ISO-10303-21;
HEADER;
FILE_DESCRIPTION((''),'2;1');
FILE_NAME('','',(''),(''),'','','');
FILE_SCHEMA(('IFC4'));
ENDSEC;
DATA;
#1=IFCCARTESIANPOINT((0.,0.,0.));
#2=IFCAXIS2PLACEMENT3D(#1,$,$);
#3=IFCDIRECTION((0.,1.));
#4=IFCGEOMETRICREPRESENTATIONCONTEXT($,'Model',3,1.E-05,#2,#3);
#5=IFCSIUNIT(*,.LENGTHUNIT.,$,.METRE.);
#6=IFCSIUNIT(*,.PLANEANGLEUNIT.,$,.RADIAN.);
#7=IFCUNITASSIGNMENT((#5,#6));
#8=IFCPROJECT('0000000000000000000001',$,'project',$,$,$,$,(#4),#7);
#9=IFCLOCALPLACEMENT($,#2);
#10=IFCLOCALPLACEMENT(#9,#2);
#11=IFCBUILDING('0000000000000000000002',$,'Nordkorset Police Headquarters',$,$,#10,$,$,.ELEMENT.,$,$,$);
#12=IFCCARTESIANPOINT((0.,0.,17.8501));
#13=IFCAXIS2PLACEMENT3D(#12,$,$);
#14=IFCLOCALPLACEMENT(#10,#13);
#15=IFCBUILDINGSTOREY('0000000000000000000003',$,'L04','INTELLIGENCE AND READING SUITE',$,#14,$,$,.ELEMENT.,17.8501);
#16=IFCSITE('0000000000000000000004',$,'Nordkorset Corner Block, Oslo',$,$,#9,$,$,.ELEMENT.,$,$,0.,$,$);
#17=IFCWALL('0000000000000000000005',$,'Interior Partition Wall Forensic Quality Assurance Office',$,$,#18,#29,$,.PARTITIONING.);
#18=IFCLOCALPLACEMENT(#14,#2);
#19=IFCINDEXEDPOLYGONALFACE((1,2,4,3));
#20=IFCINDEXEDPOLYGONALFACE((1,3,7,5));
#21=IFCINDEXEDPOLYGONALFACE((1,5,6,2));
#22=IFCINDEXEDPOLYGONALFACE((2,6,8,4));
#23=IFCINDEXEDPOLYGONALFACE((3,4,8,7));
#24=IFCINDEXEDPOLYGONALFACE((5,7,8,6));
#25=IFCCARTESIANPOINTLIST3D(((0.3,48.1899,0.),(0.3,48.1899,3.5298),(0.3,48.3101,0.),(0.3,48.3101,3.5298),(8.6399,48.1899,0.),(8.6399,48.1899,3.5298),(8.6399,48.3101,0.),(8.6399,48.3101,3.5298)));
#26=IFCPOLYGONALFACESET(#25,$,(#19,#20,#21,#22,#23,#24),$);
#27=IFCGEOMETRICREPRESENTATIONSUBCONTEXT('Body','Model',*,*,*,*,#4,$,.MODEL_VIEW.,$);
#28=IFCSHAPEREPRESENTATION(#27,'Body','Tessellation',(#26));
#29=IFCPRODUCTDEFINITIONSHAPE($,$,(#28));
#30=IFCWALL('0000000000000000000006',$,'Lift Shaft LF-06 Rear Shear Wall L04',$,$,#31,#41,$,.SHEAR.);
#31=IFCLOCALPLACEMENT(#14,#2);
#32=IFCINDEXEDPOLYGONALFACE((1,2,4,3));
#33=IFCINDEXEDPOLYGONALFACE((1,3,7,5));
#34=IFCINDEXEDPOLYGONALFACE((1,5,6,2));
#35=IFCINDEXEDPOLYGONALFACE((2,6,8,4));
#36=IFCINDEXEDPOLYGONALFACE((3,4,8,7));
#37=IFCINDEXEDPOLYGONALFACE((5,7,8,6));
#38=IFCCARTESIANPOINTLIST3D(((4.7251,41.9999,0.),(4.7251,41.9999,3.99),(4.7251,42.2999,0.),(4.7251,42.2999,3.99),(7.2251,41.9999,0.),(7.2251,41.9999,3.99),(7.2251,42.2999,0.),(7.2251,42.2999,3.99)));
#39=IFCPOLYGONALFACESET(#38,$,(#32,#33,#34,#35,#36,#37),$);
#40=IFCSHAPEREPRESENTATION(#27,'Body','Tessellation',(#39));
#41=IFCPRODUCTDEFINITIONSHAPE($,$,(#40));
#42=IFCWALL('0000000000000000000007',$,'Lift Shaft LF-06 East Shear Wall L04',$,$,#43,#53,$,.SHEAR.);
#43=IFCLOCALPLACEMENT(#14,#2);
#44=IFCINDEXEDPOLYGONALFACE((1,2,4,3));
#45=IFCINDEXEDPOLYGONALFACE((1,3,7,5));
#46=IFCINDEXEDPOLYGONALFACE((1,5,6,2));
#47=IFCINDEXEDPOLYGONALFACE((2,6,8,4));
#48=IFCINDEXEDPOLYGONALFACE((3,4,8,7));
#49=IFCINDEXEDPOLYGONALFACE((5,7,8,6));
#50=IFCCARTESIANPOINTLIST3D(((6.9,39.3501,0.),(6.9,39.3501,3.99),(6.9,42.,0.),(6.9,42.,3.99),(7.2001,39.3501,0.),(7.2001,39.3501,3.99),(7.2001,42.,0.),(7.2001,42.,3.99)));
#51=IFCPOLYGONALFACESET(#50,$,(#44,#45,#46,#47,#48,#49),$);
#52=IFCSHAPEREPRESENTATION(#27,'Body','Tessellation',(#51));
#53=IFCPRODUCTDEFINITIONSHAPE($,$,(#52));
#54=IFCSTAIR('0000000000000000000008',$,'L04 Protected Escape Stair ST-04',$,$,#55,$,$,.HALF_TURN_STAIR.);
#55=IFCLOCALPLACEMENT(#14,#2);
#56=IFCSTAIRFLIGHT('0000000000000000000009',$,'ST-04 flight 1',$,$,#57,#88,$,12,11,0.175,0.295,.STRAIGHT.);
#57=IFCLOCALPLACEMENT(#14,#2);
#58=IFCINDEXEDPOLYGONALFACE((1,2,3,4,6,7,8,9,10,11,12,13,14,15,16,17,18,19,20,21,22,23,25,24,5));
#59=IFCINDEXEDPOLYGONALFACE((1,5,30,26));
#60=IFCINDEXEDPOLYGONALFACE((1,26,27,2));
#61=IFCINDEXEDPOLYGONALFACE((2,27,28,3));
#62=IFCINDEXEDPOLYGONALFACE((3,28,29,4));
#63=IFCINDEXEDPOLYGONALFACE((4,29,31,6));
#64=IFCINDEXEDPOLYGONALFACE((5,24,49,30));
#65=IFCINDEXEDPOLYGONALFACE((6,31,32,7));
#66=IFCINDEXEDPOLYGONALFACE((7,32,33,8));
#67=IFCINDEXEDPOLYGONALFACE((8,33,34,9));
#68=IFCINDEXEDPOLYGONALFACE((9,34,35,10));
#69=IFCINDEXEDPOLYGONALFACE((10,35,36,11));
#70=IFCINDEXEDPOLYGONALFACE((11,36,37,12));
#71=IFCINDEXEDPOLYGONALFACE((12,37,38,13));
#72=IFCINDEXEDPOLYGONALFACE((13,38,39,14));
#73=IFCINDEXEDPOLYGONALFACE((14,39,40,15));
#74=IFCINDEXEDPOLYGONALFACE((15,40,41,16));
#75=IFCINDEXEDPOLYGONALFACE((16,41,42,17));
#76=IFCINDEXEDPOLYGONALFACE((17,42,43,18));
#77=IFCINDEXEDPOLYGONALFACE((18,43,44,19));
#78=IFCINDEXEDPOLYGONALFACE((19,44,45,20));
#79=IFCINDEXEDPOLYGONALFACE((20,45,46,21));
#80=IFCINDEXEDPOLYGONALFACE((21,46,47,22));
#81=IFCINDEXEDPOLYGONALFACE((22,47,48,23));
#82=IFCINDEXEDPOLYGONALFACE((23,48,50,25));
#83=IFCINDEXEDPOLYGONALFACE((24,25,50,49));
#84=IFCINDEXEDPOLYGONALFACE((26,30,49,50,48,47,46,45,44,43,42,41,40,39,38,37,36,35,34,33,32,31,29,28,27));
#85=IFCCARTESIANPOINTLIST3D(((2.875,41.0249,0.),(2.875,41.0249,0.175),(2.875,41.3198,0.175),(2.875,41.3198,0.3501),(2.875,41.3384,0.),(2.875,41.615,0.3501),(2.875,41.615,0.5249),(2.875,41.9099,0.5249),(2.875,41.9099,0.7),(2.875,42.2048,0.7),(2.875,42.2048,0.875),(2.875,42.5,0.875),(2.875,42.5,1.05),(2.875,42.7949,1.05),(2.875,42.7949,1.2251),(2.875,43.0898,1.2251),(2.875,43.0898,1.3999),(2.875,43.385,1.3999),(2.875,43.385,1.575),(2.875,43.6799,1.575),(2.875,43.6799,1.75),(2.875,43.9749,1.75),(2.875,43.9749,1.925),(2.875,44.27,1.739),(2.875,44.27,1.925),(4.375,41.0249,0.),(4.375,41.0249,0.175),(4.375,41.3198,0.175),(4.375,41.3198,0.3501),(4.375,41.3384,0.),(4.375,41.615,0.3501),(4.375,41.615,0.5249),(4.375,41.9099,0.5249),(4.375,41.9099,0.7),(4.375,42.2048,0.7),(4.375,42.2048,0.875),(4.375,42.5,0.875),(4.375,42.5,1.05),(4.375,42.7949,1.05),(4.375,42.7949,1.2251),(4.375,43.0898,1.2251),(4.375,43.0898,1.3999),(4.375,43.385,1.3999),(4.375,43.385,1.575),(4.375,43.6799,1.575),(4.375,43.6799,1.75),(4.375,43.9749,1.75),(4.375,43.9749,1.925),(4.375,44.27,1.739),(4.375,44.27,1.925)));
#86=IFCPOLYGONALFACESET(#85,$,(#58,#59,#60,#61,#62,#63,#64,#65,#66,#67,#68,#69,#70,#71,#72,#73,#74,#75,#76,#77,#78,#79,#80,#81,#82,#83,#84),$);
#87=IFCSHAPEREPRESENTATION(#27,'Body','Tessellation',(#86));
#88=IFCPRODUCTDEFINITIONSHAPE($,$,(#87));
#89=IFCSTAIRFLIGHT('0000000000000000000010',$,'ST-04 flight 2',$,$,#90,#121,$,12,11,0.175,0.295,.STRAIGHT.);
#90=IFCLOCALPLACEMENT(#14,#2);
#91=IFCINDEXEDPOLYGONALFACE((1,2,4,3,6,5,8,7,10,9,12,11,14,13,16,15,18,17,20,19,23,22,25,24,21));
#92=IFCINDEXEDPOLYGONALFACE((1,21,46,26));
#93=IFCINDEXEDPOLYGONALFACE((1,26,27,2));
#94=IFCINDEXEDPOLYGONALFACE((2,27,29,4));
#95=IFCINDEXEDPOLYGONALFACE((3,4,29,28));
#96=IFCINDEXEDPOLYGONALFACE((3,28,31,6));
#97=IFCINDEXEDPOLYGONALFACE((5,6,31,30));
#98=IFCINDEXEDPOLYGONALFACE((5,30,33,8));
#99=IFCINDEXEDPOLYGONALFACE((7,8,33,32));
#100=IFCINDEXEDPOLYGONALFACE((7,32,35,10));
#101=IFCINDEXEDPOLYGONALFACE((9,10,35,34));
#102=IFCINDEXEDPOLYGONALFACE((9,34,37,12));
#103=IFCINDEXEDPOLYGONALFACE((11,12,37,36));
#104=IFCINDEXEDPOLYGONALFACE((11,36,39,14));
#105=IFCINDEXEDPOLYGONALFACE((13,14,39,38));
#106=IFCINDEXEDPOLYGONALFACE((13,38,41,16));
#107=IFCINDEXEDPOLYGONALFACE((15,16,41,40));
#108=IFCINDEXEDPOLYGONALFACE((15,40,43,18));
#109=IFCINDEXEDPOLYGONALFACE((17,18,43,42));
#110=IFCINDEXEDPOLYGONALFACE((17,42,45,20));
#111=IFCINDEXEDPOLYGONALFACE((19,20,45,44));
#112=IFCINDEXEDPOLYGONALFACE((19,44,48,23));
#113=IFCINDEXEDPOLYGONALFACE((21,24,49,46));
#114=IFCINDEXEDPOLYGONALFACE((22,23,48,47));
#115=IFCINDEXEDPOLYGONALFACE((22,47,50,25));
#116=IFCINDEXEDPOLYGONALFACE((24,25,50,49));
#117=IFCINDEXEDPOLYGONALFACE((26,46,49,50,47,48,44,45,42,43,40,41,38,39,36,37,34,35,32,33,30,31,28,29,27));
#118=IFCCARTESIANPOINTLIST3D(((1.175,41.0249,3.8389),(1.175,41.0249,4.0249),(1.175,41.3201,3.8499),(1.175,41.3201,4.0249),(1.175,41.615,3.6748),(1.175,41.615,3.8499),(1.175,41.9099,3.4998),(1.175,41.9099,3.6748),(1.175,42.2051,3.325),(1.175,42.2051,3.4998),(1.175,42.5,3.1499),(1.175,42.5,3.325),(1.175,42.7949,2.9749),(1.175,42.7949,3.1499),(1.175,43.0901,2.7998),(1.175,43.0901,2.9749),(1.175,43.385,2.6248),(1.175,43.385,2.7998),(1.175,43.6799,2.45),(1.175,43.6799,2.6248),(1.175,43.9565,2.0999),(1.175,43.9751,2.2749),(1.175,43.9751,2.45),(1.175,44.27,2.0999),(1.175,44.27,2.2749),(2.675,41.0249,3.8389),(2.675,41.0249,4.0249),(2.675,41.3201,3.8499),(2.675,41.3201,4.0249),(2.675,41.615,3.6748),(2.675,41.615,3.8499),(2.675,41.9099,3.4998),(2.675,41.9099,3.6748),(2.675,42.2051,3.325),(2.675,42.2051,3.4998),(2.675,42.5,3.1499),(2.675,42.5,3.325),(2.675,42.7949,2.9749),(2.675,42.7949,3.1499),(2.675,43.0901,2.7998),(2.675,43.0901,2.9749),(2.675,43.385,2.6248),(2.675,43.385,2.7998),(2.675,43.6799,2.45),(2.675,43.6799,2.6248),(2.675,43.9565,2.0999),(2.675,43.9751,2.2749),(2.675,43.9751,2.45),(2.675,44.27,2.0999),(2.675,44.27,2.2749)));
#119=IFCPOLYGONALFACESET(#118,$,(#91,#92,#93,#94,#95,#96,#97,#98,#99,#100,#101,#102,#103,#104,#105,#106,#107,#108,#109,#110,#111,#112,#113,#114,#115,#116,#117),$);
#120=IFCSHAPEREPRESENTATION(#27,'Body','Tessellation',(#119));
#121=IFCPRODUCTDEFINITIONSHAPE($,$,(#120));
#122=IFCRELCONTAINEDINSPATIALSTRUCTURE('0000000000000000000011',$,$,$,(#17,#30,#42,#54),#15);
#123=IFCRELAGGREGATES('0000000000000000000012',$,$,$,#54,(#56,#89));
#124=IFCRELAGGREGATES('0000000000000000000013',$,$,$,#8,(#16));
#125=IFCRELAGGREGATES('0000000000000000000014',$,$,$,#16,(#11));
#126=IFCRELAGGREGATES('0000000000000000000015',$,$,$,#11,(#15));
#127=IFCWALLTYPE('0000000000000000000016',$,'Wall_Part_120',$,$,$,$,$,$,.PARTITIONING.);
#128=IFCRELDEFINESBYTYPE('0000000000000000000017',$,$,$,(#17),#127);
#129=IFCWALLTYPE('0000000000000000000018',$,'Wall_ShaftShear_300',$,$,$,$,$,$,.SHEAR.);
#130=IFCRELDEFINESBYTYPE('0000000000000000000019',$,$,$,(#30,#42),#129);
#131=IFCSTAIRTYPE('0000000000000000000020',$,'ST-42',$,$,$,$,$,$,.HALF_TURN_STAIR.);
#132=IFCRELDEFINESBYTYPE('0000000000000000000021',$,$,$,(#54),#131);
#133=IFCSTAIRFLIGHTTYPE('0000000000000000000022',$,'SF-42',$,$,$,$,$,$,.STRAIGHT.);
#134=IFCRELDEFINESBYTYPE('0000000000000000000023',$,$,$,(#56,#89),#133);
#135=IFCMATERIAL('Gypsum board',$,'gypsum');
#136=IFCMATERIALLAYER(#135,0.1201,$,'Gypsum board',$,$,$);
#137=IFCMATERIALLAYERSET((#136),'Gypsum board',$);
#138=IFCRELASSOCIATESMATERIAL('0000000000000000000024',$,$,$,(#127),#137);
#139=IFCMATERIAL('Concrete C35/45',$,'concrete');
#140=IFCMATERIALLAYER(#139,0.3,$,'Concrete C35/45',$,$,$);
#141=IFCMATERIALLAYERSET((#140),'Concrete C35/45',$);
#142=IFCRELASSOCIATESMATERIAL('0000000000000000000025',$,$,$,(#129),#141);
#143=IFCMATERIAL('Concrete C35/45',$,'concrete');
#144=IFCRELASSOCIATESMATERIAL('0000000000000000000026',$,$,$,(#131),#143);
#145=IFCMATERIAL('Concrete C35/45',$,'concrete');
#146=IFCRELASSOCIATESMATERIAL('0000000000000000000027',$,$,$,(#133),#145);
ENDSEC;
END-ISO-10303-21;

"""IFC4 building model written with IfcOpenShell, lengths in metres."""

from ifc_helpers import new_model, si_unit, direction, frame, frame_2d, origin, place, context, subcontext, project, spatial, polyline, rectangle, outline, extrude, material, layer, layer_set, type_object, element, aggregate, save


model = new_model("IFC4")

# Units and contexts
model_context = context("Model", 3, precision=1e-05, world=origin(), true_north=direction((0.0, 1.0)))
body_context = subcontext(model_context, "Body", "Model", "MODEL_VIEW")
ifc_project = project(units=[si_unit("LENGTHUNIT", "METRE"), si_unit("PLANEANGLEUNIT", "RADIAN")], contexts=[model_context])

# Site, building, storey
site_placement = place(None, origin())
site = spatial("IfcSite", under=ifc_project, at=site_placement, Name="Nordkorset Corner Block, Oslo", CompositionType="ELEMENT", RefElevation=0.0)
building_placement = place(site_placement, origin())
building = spatial("IfcBuilding", under=site, at=building_placement, Name="Nordkorset Police Headquarters", CompositionType="ELEMENT")
storey_placement = place(building_placement, frame((0.0, 0.0, 17.8501)))
storey = spatial("IfcBuildingStorey", under=building, at=storey_placement, Name="L04", Description="INTELLIGENCE AND READING SUITE", CompositionType="ELEMENT", Elevation=17.8501)

# Wall
ifc_material_1 = material(Name="Gypsum board", Category="gypsum")
ifc_layer_1 = layer(ifc_material_1, 0.1201, Name="Gypsum board")
ifc_layer_set_1 = layer_set([ifc_layer_1], Name="Gypsum board")
wall_type_1 = type_object("IfcWallType", Name="Wall_Part_120", PredefinedType="PARTITIONING", material=ifc_layer_set_1)
wall_1_placement = place(storey_placement, frame((0.3, 48.25, 0.0), z_axis=(0.0, 0.0, 1.0), x_axis=(1.0, 0.0, 0.0)))
element("IfcWall", 1, at=wall_1_placement, inside=storey, type_object=wall_type_1, Name="Interior Partition Wall Forensic Quality Assurance Office", PredefinedType="PARTITIONING", context=body_context, shape_type="SweptSolid", body=[
    extrude(rectangle(XDim=8.3398, YDim=0.1201, at=frame_2d((4.1699, 0.0))), origin(), (0.0, 0.0, 1.0), 3.5298),
])

# Shared definitions
ifc_material_2 = material(Name="Concrete C35/45", Category="concrete")
ifc_layer_2 = layer(ifc_material_2, 0.3, Name="Concrete C35/45")
ifc_layer_set_2 = layer_set([ifc_layer_2], Name="Concrete C35/45")
wall_type_2 = type_object("IfcWallType", Name="Wall_ShaftShear_300", PredefinedType="SHEAR", material=ifc_layer_set_2)

# Walls
wall_2_placement = place(storey_placement, frame((4.7251, 42.1499, 0.0), z_axis=(0.0, 0.0, 1.0), x_axis=(1.0, 0.0, 0.0)))
element("IfcWall", 2, at=wall_2_placement, inside=storey, type_object=wall_type_2, Name="Lift Shaft LF-06 Rear Shear Wall L04", PredefinedType="SHEAR", context=body_context, shape_type="SweptSolid", body=[
    extrude(rectangle(XDim=2.5, YDim=0.3, at=frame_2d((1.25, 0.0))), origin(), (0.0, 0.0, 1.0), 3.99),
])
wall_3_placement = place(storey_placement, frame((7.05, 39.3501, 0.0), z_axis=(0.0, 0.0, 1.0), x_axis=(0.0, 1.0, 0.0)))
element("IfcWall", 3, at=wall_3_placement, inside=storey, type_object=wall_type_2, Name="Lift Shaft LF-06 East Shear Wall L04", PredefinedType="SHEAR", context=body_context, shape_type="SweptSolid", body=[
    extrude(rectangle(XDim=2.6499, YDim=0.3, at=frame_2d((1.325, 0.0))), origin(), (0.0, 0.0, 1.0), 3.99),
])

# Stair, stair flights
ifc_material_3 = material(Name="Concrete C35/45", Category="concrete")
stair_type = type_object("IfcStairType", Name="ST-42", PredefinedType="HALF_TURN_STAIR", material=ifc_material_3)
stair_placement = place(storey_placement, origin())
stair = element("IfcStair", 4, at=stair_placement, inside=storey, type_object=stair_type, Name="L04 Protected Escape Stair ST-04", PredefinedType="HALF_TURN_STAIR")
ifc_material_4 = material(Name="Concrete C35/45", Category="concrete")
stair_flight_type = type_object("IfcStairFlightType", Name="SF-42", PredefinedType="STRAIGHT", material=ifc_material_4)
stair_flight_1_placement = place(storey_placement, frame((3.625, 41.0249, 0.0), z_axis=(0.0, 0.0, 1.0), x_axis=(0.0, 1.0, 0.0)))
stair_flight_1 = element("IfcStairFlight", 5, at=stair_flight_1_placement, type_object=stair_flight_type, Name="ST-04 flight 1", NumberOfRisers=12, NumberOfTreads=11, PredefinedType="STRAIGHT", RiserHeight=0.175, TreadLength=0.295, context=body_context, shape_type="SweptSolid", body=[
    extrude(outline(polyline([(0.0, 0.0), (0.0, 0.175), (0.2949, 0.175), (0.2949, 0.3501), (0.5901, 0.3501), (0.5901, 0.5249), (0.885, 0.5249), (0.885, 0.7), (1.1799, 0.7), (1.1799, 0.875), (1.4751, 0.875), (1.4751, 1.05), (1.77, 1.05), (1.77, 1.2251), (2.0649, 1.2251), (2.0649, 1.3999), (2.3601, 1.3999), (2.3601, 1.575), (2.655, 1.575), (2.655, 1.75), (2.95, 1.75), (2.95, 1.925), (3.2451, 1.925), (3.2451, 2.1001), (3.2451, 1.739), (0.3135, 0.0), (0.0, 0.0)])), frame((0.0, 0.75, 0.0), z_axis=(0.0, -1.0, 0.0), x_axis=(1.0, 0.0, 0.0)), (0.0, 0.0, 1.0), 1.5),
])
stair_flight_2_placement = place(storey_placement, frame((1.925, 44.27, 2.0999), z_axis=(0.0, 0.0, 1.0), x_axis=(0.0, -1.0, 0.0)))
stair_flight_2 = element("IfcStairFlight", 6, at=stair_flight_2_placement, type_object=stair_flight_type, Name="ST-04 flight 2", NumberOfRisers=12, NumberOfTreads=11, PredefinedType="STRAIGHT", RiserHeight=0.175, TreadLength=0.295, context=body_context, shape_type="SweptSolid", body=[
    extrude(outline(polyline([(0.0, 0.0), (0.0, 0.175), (0.2949, 0.175), (0.2949, 0.3501), (0.5901, 0.3501), (0.5901, 0.5249), (0.885, 0.5249), (0.885, 0.7), (1.1799, 0.7), (1.1799, 0.875), (1.4751, 0.875), (1.4751, 1.05), (1.77, 1.05), (1.77, 1.2251), (2.0649, 1.2251), (2.0649, 1.3999), (2.3601, 1.3999), (2.3601, 1.575), (2.655, 1.575), (2.655, 1.75), (2.95, 1.75), (2.95, 1.925), (3.2451, 1.925), (3.2451, 2.1001), (3.2451, 1.739), (0.3135, 0.0), (0.0, 0.0)])), frame((0.0, 0.75, 0.0), z_axis=(0.0, -1.0, 0.0), x_axis=(1.0, 0.0, 0.0)), (0.0, 0.0, 1.0), 1.5),
])
aggregate(stair, [stair_flight_1, stair_flight_2])

save(model, "model.ifc")
